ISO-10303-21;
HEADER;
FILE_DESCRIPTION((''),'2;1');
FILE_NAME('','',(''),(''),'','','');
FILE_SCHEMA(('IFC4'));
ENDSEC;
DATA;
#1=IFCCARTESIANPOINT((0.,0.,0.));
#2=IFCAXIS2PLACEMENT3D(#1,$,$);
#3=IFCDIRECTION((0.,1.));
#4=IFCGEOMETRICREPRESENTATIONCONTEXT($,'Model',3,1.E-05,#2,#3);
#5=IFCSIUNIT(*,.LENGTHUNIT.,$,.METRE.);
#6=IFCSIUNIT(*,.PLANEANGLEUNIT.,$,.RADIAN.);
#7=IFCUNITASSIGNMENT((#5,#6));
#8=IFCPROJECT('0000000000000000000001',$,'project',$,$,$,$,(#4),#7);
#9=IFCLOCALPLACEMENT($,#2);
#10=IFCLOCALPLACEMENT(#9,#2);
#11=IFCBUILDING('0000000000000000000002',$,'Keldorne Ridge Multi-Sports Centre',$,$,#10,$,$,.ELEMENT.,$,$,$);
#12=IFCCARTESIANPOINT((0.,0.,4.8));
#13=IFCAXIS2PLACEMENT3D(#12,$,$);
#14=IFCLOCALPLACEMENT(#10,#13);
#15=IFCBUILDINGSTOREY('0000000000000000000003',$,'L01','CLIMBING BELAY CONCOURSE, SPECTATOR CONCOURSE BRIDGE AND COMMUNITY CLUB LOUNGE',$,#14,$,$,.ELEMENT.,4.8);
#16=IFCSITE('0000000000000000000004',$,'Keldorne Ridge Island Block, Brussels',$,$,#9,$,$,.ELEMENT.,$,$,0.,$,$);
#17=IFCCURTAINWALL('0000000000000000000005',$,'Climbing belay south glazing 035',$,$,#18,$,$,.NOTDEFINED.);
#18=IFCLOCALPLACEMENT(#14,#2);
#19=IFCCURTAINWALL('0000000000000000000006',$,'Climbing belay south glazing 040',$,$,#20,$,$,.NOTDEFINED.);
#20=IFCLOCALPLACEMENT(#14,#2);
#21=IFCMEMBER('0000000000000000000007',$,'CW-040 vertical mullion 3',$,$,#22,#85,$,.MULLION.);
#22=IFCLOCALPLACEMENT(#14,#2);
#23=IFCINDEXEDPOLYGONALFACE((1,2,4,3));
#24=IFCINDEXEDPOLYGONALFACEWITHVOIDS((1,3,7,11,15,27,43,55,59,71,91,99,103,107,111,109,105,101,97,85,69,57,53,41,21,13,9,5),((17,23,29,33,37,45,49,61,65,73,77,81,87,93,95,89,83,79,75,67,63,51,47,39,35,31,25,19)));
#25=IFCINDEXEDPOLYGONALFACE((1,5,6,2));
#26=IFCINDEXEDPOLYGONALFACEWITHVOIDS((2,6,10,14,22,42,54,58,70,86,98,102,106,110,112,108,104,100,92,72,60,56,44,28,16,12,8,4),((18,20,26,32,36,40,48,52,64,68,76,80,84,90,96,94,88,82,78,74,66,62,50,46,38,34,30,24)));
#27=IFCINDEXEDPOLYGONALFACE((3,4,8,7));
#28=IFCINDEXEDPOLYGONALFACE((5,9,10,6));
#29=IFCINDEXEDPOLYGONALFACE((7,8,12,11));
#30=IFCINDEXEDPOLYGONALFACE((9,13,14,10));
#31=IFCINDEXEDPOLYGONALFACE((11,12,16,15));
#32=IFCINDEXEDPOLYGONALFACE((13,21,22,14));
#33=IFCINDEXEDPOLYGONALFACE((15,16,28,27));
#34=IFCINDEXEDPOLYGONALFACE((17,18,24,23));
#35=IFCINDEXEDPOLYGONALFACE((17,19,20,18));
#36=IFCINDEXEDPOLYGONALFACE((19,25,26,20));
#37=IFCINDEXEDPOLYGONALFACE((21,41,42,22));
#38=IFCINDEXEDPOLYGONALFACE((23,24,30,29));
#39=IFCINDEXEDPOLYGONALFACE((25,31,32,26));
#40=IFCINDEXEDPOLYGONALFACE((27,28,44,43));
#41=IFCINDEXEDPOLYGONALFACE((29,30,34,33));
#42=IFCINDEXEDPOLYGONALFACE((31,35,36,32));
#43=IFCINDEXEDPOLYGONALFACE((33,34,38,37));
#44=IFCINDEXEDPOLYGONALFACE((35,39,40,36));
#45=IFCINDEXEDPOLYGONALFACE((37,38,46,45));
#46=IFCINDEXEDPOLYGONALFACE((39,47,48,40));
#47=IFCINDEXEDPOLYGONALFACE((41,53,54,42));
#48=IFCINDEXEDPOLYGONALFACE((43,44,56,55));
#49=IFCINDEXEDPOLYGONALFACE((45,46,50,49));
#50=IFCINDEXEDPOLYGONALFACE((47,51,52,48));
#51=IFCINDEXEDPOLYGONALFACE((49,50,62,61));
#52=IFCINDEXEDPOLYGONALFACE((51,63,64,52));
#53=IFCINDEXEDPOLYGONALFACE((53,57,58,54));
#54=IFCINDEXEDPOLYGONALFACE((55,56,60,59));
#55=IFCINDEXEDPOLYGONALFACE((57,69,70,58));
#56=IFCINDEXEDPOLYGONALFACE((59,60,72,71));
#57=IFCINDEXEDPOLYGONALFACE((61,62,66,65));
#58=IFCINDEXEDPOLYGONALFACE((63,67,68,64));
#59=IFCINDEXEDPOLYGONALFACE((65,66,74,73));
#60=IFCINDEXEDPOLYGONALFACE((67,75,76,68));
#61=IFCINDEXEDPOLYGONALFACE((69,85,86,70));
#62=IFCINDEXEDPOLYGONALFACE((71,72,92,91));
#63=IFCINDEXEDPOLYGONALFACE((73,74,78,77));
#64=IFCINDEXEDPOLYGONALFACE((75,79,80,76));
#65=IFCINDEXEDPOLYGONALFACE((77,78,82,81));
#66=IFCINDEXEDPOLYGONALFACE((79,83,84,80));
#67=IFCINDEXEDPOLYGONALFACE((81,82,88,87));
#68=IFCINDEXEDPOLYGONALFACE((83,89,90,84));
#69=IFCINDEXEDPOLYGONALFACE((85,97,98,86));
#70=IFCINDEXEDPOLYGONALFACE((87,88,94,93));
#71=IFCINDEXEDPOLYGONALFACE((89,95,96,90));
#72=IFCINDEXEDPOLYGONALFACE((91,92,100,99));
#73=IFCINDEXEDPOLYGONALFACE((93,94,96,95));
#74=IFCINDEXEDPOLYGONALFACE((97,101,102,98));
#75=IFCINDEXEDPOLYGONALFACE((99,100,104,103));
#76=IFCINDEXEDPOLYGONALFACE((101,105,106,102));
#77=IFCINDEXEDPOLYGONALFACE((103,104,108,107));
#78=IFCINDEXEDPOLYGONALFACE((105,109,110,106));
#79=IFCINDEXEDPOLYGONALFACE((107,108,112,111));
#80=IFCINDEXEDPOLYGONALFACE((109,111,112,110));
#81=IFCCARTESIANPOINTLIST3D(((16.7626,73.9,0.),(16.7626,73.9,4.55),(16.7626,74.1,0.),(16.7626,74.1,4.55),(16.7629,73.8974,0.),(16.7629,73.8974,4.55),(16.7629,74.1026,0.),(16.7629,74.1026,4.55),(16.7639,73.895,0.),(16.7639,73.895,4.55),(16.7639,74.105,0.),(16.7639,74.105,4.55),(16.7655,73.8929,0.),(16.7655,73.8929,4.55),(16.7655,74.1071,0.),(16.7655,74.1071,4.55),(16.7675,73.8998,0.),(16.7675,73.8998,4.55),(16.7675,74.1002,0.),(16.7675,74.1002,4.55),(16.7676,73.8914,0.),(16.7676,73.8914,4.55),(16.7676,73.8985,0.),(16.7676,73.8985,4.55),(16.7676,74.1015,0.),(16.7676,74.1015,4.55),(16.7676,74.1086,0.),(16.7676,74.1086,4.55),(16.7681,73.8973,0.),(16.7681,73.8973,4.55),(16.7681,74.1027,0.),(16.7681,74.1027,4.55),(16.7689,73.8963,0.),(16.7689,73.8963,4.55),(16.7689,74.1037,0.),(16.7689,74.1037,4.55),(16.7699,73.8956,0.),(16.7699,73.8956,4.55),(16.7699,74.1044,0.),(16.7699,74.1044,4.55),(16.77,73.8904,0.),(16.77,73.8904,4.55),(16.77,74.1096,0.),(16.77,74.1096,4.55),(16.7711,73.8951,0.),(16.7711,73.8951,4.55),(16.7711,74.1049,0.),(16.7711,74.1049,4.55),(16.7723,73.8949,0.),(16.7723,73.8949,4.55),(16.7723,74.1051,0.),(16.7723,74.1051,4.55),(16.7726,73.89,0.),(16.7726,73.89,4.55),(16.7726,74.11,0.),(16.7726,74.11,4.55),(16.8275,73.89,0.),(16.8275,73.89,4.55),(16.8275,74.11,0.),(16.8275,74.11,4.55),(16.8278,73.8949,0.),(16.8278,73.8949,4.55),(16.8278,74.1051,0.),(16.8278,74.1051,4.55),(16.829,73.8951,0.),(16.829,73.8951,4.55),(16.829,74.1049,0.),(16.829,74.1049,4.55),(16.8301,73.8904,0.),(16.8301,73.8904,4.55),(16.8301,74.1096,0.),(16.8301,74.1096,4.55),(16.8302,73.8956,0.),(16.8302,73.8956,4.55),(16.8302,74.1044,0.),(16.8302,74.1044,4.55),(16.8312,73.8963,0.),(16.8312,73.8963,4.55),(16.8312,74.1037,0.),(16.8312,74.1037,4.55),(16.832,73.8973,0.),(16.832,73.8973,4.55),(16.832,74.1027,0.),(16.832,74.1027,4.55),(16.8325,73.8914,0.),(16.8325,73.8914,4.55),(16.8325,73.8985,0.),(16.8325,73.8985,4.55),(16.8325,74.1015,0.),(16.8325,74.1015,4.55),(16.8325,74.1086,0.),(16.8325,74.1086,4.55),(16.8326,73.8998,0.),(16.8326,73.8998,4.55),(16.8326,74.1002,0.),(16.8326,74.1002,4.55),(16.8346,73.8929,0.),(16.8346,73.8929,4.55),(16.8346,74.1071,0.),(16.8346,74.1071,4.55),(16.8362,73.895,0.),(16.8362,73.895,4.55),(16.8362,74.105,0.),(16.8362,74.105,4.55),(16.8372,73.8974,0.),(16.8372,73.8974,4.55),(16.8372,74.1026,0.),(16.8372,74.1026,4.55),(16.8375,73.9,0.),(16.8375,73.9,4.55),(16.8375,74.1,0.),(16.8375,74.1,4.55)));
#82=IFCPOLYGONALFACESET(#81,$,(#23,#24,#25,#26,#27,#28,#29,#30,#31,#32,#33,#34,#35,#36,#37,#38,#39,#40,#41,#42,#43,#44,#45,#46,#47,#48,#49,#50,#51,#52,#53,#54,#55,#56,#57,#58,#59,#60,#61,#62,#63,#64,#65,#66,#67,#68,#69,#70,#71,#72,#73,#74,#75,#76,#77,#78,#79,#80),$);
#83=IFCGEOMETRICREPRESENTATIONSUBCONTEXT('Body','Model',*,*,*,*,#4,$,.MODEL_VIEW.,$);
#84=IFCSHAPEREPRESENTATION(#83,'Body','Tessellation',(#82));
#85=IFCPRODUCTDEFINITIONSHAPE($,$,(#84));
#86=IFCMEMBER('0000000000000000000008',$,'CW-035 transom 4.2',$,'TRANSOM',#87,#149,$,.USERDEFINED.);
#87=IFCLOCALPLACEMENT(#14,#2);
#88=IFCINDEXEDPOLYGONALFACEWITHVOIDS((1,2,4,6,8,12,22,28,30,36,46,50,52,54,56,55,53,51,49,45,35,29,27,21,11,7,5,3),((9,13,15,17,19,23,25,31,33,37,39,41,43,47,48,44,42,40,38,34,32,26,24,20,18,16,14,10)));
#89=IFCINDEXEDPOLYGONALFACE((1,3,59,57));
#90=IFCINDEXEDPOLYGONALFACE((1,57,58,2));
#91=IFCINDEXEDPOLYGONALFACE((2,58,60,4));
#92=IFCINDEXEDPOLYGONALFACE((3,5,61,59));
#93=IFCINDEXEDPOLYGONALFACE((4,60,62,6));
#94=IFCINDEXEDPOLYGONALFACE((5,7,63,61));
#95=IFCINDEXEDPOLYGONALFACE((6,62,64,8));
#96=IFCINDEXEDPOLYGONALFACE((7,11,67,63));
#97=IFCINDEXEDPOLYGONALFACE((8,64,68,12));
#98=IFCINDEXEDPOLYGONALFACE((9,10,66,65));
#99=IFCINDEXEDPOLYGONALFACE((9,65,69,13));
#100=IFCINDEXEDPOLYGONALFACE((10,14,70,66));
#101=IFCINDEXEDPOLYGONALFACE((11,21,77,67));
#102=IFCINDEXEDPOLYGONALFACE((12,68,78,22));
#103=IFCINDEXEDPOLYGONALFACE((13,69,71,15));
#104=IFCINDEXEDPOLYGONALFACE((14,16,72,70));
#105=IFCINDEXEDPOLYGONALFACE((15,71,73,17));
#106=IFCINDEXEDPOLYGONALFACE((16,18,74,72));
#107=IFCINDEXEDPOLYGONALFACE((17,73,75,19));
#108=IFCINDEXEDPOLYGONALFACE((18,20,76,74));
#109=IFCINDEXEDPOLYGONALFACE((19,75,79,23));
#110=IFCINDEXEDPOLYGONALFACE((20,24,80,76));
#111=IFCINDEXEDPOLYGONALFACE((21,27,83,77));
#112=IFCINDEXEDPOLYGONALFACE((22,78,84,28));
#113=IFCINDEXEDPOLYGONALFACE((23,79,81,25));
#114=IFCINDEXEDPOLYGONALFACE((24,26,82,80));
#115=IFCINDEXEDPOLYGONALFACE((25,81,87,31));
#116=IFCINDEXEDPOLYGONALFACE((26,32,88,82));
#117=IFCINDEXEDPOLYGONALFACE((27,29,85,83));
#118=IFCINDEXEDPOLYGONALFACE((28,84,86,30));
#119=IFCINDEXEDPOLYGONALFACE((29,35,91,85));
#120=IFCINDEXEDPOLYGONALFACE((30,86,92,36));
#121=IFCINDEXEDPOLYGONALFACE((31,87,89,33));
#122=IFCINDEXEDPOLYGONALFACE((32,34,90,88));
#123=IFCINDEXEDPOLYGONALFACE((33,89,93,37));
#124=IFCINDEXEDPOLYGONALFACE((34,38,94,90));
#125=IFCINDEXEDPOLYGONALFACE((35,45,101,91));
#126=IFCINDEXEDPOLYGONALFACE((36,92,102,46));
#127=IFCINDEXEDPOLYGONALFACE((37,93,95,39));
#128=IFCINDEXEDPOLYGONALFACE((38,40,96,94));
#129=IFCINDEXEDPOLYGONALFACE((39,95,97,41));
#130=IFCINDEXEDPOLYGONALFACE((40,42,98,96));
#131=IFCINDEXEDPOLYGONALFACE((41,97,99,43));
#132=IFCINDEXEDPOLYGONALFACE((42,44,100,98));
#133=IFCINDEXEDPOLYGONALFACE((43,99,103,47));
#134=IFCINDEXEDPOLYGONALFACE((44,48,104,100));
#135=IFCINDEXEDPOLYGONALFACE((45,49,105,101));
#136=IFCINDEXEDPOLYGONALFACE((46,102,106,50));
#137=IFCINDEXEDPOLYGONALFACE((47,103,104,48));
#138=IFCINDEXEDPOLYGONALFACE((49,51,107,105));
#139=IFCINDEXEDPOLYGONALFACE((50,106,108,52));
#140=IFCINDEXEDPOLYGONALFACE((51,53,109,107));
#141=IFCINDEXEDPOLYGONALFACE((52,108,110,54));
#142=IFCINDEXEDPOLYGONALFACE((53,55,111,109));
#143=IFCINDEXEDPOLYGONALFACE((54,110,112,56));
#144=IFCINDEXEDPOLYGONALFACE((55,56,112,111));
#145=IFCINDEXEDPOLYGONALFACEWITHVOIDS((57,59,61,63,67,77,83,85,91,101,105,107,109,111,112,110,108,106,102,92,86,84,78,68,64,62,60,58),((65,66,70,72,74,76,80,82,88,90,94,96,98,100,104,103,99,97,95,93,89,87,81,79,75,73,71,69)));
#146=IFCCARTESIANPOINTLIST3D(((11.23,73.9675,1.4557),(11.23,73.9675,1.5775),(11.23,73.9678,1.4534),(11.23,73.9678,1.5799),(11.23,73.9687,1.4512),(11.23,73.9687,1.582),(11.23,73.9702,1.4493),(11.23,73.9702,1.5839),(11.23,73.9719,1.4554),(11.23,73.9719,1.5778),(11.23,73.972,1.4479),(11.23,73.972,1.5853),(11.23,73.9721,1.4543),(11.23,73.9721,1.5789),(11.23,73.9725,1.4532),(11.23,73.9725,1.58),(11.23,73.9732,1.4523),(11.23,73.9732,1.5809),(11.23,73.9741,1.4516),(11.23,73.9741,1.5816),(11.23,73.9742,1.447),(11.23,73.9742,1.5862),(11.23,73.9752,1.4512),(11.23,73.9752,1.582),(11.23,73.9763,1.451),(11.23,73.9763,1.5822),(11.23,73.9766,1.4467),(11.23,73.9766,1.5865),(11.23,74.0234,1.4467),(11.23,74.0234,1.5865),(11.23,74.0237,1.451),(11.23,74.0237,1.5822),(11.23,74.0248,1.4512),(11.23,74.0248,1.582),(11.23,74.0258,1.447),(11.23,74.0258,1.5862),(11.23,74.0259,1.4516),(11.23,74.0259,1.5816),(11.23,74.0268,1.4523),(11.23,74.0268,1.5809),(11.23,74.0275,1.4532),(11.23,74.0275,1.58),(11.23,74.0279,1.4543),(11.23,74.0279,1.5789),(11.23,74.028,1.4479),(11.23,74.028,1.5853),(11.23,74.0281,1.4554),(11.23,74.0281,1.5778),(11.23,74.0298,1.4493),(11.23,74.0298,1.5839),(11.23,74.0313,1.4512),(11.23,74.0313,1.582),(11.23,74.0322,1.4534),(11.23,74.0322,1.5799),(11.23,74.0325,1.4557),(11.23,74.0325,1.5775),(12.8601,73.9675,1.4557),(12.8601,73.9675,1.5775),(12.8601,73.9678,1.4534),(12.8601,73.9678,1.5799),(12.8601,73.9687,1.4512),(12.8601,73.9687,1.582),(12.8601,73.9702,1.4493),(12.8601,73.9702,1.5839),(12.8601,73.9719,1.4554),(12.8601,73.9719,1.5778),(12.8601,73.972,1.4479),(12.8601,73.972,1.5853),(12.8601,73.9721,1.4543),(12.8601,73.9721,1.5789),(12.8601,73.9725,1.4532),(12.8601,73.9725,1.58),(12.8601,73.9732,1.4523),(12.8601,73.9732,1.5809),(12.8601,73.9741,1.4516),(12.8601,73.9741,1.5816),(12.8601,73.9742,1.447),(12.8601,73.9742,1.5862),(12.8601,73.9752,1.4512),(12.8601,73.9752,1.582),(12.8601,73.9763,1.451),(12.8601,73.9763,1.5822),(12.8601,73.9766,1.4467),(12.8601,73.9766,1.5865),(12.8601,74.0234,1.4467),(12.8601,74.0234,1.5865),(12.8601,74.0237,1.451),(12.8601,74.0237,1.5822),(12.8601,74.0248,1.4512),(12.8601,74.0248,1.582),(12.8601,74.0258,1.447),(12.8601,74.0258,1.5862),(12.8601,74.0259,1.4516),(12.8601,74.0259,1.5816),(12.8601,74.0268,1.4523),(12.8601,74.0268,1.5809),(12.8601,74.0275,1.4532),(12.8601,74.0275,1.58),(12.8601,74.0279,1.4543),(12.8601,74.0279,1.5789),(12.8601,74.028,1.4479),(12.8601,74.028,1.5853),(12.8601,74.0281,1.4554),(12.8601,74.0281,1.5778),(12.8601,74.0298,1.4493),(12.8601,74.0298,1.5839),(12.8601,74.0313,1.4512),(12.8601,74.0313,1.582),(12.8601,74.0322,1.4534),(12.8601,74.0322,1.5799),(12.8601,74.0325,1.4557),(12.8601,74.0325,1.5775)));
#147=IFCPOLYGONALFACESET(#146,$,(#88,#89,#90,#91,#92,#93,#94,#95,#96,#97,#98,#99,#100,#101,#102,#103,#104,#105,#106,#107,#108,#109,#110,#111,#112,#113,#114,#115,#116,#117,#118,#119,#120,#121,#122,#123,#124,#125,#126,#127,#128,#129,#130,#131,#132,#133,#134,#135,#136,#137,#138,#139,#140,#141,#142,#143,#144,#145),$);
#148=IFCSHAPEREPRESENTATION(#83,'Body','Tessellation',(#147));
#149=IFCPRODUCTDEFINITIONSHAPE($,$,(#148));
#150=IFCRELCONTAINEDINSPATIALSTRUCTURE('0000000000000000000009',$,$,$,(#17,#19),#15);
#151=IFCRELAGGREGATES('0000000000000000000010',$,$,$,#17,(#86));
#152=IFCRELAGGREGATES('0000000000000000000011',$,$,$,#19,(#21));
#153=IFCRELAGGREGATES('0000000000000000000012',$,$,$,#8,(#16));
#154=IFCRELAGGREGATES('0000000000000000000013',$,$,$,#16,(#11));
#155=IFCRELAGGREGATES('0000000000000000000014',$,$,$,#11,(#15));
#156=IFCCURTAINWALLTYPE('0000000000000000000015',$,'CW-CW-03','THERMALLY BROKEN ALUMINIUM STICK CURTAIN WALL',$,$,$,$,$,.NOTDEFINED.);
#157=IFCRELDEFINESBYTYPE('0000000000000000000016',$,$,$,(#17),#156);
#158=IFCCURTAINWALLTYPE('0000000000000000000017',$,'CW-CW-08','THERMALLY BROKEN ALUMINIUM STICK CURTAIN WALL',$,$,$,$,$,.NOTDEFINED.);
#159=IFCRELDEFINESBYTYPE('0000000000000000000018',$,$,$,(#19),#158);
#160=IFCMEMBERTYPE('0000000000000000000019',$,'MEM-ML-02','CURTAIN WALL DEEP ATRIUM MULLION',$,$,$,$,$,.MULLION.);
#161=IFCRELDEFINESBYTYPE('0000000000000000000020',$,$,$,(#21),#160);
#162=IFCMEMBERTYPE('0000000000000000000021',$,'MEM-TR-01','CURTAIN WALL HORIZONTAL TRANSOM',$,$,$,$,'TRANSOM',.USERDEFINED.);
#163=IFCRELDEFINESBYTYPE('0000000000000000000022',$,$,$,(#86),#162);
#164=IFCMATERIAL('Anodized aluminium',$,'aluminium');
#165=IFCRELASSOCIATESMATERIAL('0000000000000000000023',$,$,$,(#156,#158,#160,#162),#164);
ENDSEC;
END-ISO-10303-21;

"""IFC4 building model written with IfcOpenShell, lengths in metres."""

from ifc_helpers import new_model, si_unit, direction, frame, origin, origin_2d, place, context, subcontext, project, spatial, hollow_rectangle, extrude, material, material_profile, profile_set, type_object, element, aggregate, save


model = new_model("IFC4")

# Units and contexts
model_context = context("Model", 3, precision=1e-05, world=origin(), true_north=direction((0.0, 1.0)))
body_context = subcontext(model_context, "Body", "Model", "MODEL_VIEW")
ifc_project = project(units=[si_unit("LENGTHUNIT", "METRE"), si_unit("PLANEANGLEUNIT", "RADIAN")], contexts=[model_context])

# Site, building, storey
site_placement = place(None, origin())
site = spatial("IfcSite", under=ifc_project, at=site_placement, Name="Keldorne Ridge Island Block, Brussels", CompositionType="ELEMENT", RefElevation=0.0)
building_placement = place(site_placement, origin())
building = spatial("IfcBuilding", under=site, at=building_placement, Name="Keldorne Ridge Multi-Sports Centre", CompositionType="ELEMENT")
storey_placement = place(building_placement, frame((0.0, 0.0, 4.8)))
storey = spatial("IfcBuildingStorey", under=building, at=storey_placement, Name="L01", Description="CLIMBING BELAY CONCOURSE, SPECTATOR CONCOURSE BRIDGE AND COMMUNITY CLUB LOUNGE", CompositionType="ELEMENT", Elevation=4.8)

# Curtain wall
ifc_material_1 = material(Name="Anodized aluminium", Category="aluminium")
curtain_wall_type_1 = type_object("IfcCurtainWallType", Name="CW-CW-03", Description="THERMALLY BROKEN ALUMINIUM STICK CURTAIN WALL", PredefinedType="NOTDEFINED", material=ifc_material_1)
curtain_wall_1_placement = place(storey_placement, origin())
curtain_wall_1 = element("IfcCurtainWall", 1, at=curtain_wall_1_placement, inside=storey, type_object=curtain_wall_type_1, Name="Climbing belay south glazing 035", PredefinedType="NOTDEFINED")
ifc_material_profile_1 = material_profile(ifc_material_1, hollow_rectangle(XDim=0.075, YDim=0.22, WallThickness=0.0049, InnerFilletRadius=0.0049, OuterFilletRadius=0.01, at=origin_2d()), Name="ALU MULLION 220x75x5")
ifc_profile_set_1 = profile_set([ifc_material_profile_1], Name="Anodized aluminium")
member_type_1 = type_object("IfcMemberType", Name="MEM-ML-02", Description="CURTAIN WALL DEEP ATRIUM MULLION", PredefinedType="MULLION", material=ifc_profile_set_1)

# Curtain wall, member
curtain_wall_type_2 = type_object("IfcCurtainWallType", Name="CW-CW-08", Description="THERMALLY BROKEN ALUMINIUM STICK CURTAIN WALL", PredefinedType="NOTDEFINED", material=ifc_material_1)
curtain_wall_2_placement = place(storey_placement, origin())
curtain_wall_2 = element("IfcCurtainWall", 2, at=curtain_wall_2_placement, inside=storey, type_object=curtain_wall_type_2, Name="Climbing belay south glazing 040", PredefinedType="NOTDEFINED")
member_1_placement = place(storey_placement, frame((16.8, 74.0, 0.0), z_axis=(0.0, 0.0, 1.0), x_axis=(1.0, 0.0, 0.0)))
member_1 = element("IfcMember", 3, at=member_1_placement, type_object=member_type_1, Name="CW-040 vertical mullion 3", PredefinedType="MULLION", context=body_context, shape_type="SweptSolid", body=[
    extrude(hollow_rectangle(XDim=0.075, YDim=0.22, WallThickness=0.0049, InnerFilletRadius=0.0049, OuterFilletRadius=0.01, at=origin_2d()), origin(), (0.0, 0.0, 1.0), 4.55),
])

# Member
ifc_material_profile_2 = material_profile(ifc_material_1, hollow_rectangle(XDim=0.0649, YDim=0.1399, WallThickness=0.0044, InnerFilletRadius=0.0044, OuterFilletRadius=0.009, at=origin_2d()), Name="ALU TRANSOM 140x65x4.5")
ifc_profile_set_2 = profile_set([ifc_material_profile_2], Name="Anodized aluminium")
member_type_2 = type_object("IfcMemberType", Name="MEM-TR-01", Description="CURTAIN WALL HORIZONTAL TRANSOM", ElementType="TRANSOM", PredefinedType="USERDEFINED", material=ifc_profile_set_2)
member_2_placement = place(storey_placement, frame((11.23, 74.0, 1.5166), z_axis=(1.0, 0.0, 0.0), x_axis=(0.0, 1.0, 0.0)))
member_2 = element("IfcMember", 4, at=member_2_placement, type_object=member_type_2, Name="CW-035 transom 4.2", ObjectType="TRANSOM", PredefinedType="USERDEFINED", context=body_context, shape_type="SweptSolid", body=[
    extrude(hollow_rectangle(XDim=0.0649, YDim=0.1399, WallThickness=0.0044, InnerFilletRadius=0.0044, OuterFilletRadius=0.009, at=origin_2d()), origin(), (0.0, 0.0, 1.0), 1.6301),
])

aggregate(curtain_wall_1, [member_2])
aggregate(curtain_wall_2, [member_1])

save(model, "model.ifc")
